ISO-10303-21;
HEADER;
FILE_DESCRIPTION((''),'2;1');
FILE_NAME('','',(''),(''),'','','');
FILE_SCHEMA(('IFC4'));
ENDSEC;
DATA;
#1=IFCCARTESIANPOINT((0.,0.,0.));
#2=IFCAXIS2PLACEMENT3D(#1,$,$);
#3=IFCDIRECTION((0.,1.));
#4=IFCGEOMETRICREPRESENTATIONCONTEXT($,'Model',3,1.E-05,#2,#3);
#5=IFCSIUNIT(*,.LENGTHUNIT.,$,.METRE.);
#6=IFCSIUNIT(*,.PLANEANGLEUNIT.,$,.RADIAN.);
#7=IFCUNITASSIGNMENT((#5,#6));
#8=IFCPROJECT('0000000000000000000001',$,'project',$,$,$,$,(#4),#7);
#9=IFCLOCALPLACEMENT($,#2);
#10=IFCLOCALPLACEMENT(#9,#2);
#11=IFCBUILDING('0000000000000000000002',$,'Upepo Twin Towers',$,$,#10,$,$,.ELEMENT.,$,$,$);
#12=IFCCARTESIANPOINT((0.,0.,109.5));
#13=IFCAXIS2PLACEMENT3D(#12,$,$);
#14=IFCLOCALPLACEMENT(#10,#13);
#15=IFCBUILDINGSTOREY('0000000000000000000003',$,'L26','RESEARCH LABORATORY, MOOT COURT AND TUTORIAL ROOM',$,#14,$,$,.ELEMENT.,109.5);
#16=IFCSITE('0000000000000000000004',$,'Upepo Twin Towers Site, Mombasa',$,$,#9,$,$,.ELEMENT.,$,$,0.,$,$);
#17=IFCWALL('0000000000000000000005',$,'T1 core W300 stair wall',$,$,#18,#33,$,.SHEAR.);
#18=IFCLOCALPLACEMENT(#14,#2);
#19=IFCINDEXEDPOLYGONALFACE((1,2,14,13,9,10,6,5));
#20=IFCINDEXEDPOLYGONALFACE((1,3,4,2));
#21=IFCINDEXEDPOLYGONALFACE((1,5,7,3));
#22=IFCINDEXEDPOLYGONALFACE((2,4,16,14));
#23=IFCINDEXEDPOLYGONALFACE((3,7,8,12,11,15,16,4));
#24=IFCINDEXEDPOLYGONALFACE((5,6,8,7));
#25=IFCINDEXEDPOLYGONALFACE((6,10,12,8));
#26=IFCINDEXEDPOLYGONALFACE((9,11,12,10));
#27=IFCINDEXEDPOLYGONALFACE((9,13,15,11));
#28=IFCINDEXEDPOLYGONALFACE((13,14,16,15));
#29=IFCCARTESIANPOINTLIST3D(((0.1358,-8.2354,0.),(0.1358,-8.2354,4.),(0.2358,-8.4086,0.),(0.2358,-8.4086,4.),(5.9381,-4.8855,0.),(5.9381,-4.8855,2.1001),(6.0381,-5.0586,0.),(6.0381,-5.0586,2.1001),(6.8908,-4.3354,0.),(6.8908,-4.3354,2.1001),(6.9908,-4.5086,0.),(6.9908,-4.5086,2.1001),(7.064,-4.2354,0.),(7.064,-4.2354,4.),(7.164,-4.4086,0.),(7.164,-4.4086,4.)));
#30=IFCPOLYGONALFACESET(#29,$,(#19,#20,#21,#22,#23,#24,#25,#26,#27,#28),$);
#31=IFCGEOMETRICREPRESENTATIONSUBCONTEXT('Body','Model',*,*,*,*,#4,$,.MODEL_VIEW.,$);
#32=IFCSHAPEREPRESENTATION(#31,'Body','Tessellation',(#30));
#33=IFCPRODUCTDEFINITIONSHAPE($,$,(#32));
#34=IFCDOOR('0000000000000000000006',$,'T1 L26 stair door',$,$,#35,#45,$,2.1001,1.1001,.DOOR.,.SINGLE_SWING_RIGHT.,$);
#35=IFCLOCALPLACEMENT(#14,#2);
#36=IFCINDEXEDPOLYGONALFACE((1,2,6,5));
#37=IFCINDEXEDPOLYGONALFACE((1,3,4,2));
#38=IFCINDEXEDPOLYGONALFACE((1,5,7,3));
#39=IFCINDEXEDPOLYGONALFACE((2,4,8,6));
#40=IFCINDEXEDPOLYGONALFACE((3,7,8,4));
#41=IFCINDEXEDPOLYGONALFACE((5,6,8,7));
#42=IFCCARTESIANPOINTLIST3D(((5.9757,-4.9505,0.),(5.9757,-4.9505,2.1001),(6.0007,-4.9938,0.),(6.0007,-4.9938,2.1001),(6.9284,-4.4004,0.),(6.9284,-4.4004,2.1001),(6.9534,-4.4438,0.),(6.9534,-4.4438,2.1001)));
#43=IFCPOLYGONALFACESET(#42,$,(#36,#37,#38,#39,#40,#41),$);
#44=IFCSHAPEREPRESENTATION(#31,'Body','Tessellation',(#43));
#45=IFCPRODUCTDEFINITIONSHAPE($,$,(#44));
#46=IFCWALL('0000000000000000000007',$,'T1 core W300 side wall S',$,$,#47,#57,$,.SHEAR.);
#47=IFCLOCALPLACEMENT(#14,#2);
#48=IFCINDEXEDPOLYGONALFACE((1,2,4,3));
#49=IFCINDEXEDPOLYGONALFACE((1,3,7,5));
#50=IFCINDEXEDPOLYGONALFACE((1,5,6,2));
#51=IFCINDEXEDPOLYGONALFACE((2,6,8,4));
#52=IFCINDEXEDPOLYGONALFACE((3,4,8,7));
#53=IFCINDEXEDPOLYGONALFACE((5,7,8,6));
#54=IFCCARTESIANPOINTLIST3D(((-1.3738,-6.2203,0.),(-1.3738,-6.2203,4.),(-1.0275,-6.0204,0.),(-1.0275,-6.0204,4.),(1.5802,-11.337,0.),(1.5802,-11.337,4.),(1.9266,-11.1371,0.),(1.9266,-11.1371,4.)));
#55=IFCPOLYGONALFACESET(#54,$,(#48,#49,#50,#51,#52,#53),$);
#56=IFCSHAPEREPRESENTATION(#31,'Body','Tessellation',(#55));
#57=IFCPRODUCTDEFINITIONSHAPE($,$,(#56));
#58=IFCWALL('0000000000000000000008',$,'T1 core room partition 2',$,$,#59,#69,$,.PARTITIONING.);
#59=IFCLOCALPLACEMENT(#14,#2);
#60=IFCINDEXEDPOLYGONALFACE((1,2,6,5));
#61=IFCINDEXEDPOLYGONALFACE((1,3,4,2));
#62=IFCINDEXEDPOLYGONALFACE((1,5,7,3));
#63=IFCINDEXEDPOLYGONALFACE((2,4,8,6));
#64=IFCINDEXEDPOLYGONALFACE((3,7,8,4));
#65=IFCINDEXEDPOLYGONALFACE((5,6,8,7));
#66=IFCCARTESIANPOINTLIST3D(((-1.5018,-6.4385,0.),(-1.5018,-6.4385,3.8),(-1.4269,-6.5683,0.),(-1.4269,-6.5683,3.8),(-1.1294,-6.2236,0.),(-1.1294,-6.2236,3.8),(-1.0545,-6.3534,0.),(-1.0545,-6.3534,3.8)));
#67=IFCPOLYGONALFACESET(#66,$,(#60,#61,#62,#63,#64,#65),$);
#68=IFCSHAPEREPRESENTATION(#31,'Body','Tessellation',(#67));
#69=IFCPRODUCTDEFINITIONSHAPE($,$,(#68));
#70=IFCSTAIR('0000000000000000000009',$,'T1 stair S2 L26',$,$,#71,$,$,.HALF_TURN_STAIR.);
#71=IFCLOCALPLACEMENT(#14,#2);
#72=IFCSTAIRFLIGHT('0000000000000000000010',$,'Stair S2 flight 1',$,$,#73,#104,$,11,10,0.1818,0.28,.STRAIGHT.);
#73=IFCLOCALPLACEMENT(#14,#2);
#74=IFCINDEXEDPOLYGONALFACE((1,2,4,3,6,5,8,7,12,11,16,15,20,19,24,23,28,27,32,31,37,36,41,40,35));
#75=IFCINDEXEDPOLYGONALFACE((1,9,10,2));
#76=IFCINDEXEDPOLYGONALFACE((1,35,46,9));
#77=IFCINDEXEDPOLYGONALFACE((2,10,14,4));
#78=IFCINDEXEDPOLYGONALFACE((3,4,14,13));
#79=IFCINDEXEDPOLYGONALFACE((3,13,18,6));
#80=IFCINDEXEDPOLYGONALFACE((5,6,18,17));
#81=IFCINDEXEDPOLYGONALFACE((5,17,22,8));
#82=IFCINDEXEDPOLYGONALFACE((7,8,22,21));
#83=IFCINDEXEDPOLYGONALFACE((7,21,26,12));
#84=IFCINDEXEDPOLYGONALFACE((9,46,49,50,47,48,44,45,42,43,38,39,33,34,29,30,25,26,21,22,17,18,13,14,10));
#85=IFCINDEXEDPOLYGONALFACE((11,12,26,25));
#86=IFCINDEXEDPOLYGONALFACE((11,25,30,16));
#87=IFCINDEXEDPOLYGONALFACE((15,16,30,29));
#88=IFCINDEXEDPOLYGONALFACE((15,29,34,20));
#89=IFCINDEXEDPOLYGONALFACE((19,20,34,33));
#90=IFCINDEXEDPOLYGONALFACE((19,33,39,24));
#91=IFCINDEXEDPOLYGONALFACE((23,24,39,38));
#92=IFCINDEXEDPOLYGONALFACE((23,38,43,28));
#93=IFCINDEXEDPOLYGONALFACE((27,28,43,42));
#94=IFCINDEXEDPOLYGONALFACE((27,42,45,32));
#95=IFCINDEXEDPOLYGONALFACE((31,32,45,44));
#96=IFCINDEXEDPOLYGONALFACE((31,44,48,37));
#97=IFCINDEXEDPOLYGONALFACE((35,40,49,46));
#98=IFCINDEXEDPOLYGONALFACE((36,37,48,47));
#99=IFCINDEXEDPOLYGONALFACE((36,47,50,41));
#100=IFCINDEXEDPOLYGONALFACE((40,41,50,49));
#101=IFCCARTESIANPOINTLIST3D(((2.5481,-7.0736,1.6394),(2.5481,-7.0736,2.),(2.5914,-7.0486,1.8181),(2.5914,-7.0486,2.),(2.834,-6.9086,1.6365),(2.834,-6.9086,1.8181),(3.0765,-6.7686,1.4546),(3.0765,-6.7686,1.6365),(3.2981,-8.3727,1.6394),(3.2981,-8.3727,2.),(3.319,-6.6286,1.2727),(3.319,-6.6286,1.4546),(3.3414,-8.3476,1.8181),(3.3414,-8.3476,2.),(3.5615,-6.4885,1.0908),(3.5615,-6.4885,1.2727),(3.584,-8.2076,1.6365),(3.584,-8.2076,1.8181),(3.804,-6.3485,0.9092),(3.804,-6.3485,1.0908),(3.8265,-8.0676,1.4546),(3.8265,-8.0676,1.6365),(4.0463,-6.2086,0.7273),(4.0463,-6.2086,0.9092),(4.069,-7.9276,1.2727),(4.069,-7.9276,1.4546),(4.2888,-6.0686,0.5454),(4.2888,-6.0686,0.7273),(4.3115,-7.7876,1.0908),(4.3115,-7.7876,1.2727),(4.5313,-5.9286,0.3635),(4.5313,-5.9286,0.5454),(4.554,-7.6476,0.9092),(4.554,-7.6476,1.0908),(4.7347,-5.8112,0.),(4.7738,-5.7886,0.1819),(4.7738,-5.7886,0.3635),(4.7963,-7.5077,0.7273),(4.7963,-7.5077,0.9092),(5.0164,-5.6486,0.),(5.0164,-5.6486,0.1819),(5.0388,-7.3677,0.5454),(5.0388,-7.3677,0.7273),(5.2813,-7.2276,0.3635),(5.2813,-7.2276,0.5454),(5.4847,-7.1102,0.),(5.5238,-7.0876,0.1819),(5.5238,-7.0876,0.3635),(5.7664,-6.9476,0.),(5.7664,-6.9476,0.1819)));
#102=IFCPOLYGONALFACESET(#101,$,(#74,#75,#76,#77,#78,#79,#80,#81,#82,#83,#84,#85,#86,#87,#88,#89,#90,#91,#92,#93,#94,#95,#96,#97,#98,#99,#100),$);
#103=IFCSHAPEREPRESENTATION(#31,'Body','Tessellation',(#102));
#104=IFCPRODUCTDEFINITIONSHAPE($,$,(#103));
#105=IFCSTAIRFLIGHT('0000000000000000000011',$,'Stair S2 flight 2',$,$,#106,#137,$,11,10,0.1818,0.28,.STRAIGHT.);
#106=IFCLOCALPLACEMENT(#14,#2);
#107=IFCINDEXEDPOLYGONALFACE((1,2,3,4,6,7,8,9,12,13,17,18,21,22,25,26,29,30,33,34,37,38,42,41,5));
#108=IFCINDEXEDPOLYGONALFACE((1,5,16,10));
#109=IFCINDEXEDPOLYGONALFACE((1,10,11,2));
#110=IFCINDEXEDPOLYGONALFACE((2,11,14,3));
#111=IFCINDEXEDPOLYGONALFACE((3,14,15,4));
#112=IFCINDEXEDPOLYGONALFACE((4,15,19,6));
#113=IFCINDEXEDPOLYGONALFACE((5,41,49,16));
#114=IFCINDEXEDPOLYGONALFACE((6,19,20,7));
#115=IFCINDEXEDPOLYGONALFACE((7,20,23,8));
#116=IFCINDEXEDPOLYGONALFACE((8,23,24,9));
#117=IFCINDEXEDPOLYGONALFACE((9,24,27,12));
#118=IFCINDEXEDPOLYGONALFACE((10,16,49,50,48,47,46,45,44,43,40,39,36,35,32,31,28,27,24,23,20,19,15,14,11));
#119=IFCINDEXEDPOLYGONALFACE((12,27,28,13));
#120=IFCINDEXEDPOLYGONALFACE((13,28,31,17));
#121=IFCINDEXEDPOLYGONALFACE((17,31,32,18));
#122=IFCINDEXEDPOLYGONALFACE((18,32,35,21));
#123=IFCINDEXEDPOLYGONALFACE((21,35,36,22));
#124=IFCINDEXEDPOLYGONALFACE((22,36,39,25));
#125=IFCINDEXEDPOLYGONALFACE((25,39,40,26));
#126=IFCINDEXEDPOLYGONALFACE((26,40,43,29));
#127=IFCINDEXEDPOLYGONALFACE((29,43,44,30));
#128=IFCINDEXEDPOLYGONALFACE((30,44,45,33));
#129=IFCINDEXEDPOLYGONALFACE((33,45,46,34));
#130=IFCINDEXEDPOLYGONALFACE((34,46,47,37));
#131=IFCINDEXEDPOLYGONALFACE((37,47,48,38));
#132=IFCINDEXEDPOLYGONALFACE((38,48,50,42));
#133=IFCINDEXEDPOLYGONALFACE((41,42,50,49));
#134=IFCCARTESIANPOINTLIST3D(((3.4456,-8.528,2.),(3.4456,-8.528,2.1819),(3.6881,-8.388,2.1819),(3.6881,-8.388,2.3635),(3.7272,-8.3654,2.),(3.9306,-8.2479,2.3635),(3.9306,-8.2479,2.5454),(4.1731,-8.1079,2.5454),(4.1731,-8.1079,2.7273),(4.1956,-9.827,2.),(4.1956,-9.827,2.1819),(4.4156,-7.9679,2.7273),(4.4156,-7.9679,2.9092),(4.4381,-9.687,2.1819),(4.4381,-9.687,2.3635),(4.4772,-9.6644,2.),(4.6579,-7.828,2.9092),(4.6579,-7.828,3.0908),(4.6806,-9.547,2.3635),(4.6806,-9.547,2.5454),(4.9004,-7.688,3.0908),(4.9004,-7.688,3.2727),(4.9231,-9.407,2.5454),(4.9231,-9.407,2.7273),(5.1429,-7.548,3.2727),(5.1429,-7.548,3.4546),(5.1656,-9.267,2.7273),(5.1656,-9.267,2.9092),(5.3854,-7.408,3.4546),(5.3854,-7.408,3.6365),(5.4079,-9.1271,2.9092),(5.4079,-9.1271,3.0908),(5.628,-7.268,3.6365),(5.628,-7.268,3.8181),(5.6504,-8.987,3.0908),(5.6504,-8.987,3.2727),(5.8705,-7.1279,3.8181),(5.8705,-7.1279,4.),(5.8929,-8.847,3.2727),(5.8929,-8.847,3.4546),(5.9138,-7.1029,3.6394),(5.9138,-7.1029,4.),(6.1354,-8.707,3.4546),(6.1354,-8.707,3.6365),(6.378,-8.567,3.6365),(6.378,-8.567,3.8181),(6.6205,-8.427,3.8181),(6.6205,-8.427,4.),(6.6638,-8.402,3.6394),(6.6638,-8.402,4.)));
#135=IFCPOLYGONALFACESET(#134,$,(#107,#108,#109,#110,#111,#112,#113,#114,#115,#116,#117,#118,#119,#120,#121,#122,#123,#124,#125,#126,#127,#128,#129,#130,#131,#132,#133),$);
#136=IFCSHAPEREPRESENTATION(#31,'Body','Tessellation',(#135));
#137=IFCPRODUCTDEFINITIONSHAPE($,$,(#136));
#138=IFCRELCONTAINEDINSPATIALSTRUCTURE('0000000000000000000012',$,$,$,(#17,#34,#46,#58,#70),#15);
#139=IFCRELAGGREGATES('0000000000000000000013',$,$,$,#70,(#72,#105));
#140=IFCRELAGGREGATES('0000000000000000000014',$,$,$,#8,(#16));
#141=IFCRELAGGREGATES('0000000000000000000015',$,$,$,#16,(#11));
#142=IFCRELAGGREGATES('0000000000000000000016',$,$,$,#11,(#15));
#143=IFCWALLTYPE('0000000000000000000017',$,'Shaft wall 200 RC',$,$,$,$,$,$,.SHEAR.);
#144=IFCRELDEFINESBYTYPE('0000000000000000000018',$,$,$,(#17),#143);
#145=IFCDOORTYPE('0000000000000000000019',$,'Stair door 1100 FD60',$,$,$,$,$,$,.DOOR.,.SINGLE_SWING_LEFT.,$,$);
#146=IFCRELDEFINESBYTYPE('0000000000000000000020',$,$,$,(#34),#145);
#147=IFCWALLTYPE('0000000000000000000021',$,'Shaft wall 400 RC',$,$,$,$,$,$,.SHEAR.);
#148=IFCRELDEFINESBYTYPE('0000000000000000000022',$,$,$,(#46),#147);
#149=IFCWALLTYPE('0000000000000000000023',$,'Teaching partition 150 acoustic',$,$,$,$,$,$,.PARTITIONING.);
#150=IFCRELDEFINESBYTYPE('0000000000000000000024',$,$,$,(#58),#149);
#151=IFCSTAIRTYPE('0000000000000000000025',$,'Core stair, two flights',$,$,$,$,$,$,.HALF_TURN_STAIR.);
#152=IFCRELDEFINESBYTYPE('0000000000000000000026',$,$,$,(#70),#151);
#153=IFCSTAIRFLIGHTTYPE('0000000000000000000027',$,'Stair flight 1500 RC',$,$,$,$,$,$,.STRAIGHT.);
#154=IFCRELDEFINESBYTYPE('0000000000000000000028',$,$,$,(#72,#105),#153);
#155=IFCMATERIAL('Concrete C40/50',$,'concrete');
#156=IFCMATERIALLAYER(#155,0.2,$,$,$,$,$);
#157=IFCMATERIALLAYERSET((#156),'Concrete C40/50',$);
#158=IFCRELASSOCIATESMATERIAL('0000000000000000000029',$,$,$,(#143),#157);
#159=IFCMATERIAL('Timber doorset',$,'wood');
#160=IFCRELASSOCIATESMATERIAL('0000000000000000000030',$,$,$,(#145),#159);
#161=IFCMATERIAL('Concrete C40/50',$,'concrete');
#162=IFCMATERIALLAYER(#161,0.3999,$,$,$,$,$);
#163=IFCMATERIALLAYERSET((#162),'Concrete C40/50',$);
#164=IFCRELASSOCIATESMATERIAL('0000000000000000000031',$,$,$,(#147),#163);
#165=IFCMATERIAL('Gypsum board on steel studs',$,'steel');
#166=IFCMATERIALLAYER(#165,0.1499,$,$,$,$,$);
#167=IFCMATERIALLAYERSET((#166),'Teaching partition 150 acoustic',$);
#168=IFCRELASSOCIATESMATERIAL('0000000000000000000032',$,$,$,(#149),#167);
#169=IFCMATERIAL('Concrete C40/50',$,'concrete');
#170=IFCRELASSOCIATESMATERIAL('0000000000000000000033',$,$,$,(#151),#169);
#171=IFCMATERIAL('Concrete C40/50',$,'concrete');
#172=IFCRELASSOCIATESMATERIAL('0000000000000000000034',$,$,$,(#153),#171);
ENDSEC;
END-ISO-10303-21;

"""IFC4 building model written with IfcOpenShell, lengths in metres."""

from ifc_helpers import new_model, si_unit, direction, frame, frame_2d, origin, place, context, subcontext, project, spatial, polyline, rectangle, outline, extrude, material, layer, layer_set, type_object, element, fill, aggregate, save


model = new_model("IFC4")

# Units and contexts
model_context = context("Model", 3, precision=1e-05, world=origin(), true_north=direction((0.0, 1.0)))
body_context = subcontext(model_context, "Body", "Model", "MODEL_VIEW")
ifc_project = project(units=[si_unit("LENGTHUNIT", "METRE"), si_unit("PLANEANGLEUNIT", "RADIAN")], contexts=[model_context])

# Site, building, storey
site_placement = place(None, origin())
site = spatial("IfcSite", under=ifc_project, at=site_placement, Name="Upepo Twin Towers Site, Mombasa", CompositionType="ELEMENT", RefElevation=0.0)
building_placement = place(site_placement, origin())
building = spatial("IfcBuilding", under=site, at=building_placement, Name="Upepo Twin Towers", CompositionType="ELEMENT")
storey_placement = place(building_placement, frame((0.0, 0.0, 109.5)))
storey = spatial("IfcBuildingStorey", under=building, at=storey_placement, Name="L26", Description="RESEARCH LABORATORY, MOOT COURT AND TUTORIAL ROOM", CompositionType="ELEMENT", Elevation=109.5)

# Shared definitions
ifc_material_1 = material(Name="Concrete C40/50", Category="concrete")
ifc_layer_1 = layer(ifc_material_1, 0.2)
ifc_layer_set_1 = layer_set([ifc_layer_1], Name="Concrete C40/50")
wall_type_1 = type_object("IfcWallType", Name="Shaft wall 200 RC", PredefinedType="SHEAR", material=ifc_layer_set_1)

# Wall, opening, door
wall_1_placement = place(storey_placement, frame((0.1858, -8.322, 0.0), z_axis=(0.0, 0.0, 1.0), x_axis=(0.866026, 0.499999, 0.0)))
wall_1 = element("IfcWall", 1, at=wall_1_placement, inside=storey, type_object=wall_type_1, Name="T1 core W300 stair wall", PredefinedType="SHEAR", context=body_context, shape_type="SweptSolid", body=[
    extrude(rectangle(XDim=8.0, YDim=0.2, at=frame_2d((4.0, 0.0))), origin(), (0.0, 0.0, 1.0), 4.0),
])
opening_1_placement = place(wall_1_placement, frame((6.7, 0.0, 0.0)))
opening_1 = element("IfcOpeningElement", 2, at=opening_1_placement, cuts=wall_1, PredefinedType="OPENING", context=body_context, shape_type="SweptSolid", body=[
    extrude(rectangle(XDim=1.1001, YDim=2.1001, at=frame_2d((0.55, 1.05))), frame((0.0, 0.1099, 0.0), z_axis=(0.0, -1.0, 0.0), x_axis=(1.0, 0.0, 0.0)), (0.0, 0.0, 1.0), 0.22),
])
ifc_material_2 = material(Name="Timber doorset", Category="wood")
door_type_1 = type_object("IfcDoorType", Name="Stair door 1100 FD60", OperationType="SINGLE_SWING_LEFT", PredefinedType="DOOR", material=ifc_material_2)
door_1_placement = place(opening_1_placement, origin())
door_1 = element("IfcDoor", 3, at=door_1_placement, inside=storey, type_object=door_type_1, Name="T1 L26 stair door", OperationType="SINGLE_SWING_RIGHT", OverallHeight=2.1001, OverallWidth=1.1001, PredefinedType="DOOR", context=body_context, shape_type="SweptSolid", body=[
    extrude(rectangle(XDim=1.1001, YDim=2.1001, at=frame_2d((0.55, 1.05))), frame((0.0, 0.0249, 0.0), z_axis=(0.0, -1.0, 0.0), x_axis=(1.0, 0.0, 0.0)), (0.0, 0.0, 1.0), 0.05),
])
fill(opening_1, door_1)

# Walls
ifc_material_3 = material(Name="Concrete C40/50", Category="concrete")
ifc_layer_2 = layer(ifc_material_3, 0.3999)
ifc_layer_set_2 = layer_set([ifc_layer_2], Name="Concrete C40/50")
wall_type_2 = type_object("IfcWallType", Name="Shaft wall 400 RC", PredefinedType="SHEAR", material=ifc_layer_set_2)
wall_2_placement = place(storey_placement, frame((-1.2007, -6.1204, 0.0), z_axis=(0.0, 0.0, 1.0), x_axis=(0.499997, -0.866027, 0.0)))
element("IfcWall", 4, at=wall_2_placement, inside=storey, type_object=wall_type_2, Name="T1 core W300 side wall S", PredefinedType="SHEAR", context=body_context, shape_type="SweptSolid", body=[
    extrude(rectangle(XDim=5.9082, YDim=0.3999, at=frame_2d((2.9541, 0.0))), origin(), (0.0, 0.0, 1.0), 4.0),
])
ifc_material_4 = material(Name="Gypsum board on steel studs", Category="steel")
ifc_layer_3 = layer(ifc_material_4, 0.1499)
ifc_layer_set_3 = layer_set([ifc_layer_3], Name="Teaching partition 150 acoustic")
wall_type_3 = type_object("IfcWallType", Name="Teaching partition 150 acoustic", PredefinedType="PARTITIONING", material=ifc_layer_set_3)
wall_3_placement = place(storey_placement, frame((-1.092, -6.2886, 0.0), z_axis=(0.0, 0.0, 1.0), x_axis=(-0.866138, -0.499804, 0.0)))
element("IfcWall", 5, at=wall_3_placement, inside=storey, type_object=wall_type_3, Name="T1 core room partition 2", PredefinedType="PARTITIONING", context=body_context, shape_type="SweptSolid", body=[
    extrude(rectangle(XDim=0.4299, YDim=0.1499, at=frame_2d((0.2148, 0.0))), origin(), (0.0, 0.0, 1.0), 3.8),
])

# Stair, stair flights
ifc_material_5 = material(Name="Concrete C40/50", Category="concrete")
stair_type = type_object("IfcStairType", Name="Core stair, two flights", PredefinedType="HALF_TURN_STAIR", material=ifc_material_5)
stair_placement = place(storey_placement, origin())
stair = element("IfcStair", 6, at=stair_placement, inside=storey, type_object=stair_type, Name="T1 stair S2 L26", PredefinedType="HALF_TURN_STAIR")
ifc_material_6 = material(Name="Concrete C40/50", Category="concrete")
stair_flight_type = type_object("IfcStairFlightType", Name="Stair flight 1500 RC", PredefinedType="STRAIGHT", material=ifc_material_6)
stair_flight_1_placement = place(storey_placement, frame((5.3914, -6.2981, 0.0), z_axis=(0.0, 0.0, 1.0), x_axis=(-0.866025, -0.5, 0.0)))
stair_flight_1 = element("IfcStairFlight", 7, at=stair_flight_1_placement, type_object=stair_flight_type, Name="Stair S2 flight 1", NumberOfRisers=11, NumberOfTreads=10, PredefinedType="STRAIGHT", RiserHeight=0.1818, TreadLength=0.28, context=body_context, shape_type="SweptSolid", body=[
    extrude(outline(polyline([(0.0, 0.0), (0.0, 0.1819), (0.28, 0.1819), (0.28, 0.3635), (0.5601, 0.3635), (0.5601, 0.5454), (0.8401, 0.5454), (0.8401, 0.7273), (1.1201, 0.7273), (1.1201, 0.9092), (1.3999, 0.9092), (1.3999, 1.0908), (1.6799, 1.0908), (1.6799, 1.2727), (1.96, 1.2727), (1.96, 1.4546), (2.24, 1.4546), (2.24, 1.6365), (2.52, 1.6365), (2.52, 1.8181), (2.8, 1.8181), (2.8, 2.0), (2.8501, 2.0), (2.8501, 1.6394), (0.3252, 0.0), (0.0, 0.0)])), frame((0.0, 0.75, 0.0), z_axis=(0.0, -1.0, 0.0), x_axis=(1.0, 0.0, 0.0)), (0.0, 0.0, 1.0), 1.5),
])
stair_flight_2_placement = place(storey_placement, frame((3.8206, -9.1775, 2.0), z_axis=(0.0, 0.0, 1.0), x_axis=(0.866025, 0.5, 0.0)))
stair_flight_2 = element("IfcStairFlight", 8, at=stair_flight_2_placement, type_object=stair_flight_type, Name="Stair S2 flight 2", NumberOfRisers=11, NumberOfTreads=10, PredefinedType="STRAIGHT", RiserHeight=0.1818, TreadLength=0.28, context=body_context, shape_type="SweptSolid", body=[
    extrude(outline(polyline([(0.0, 0.0), (0.0, 0.1819), (0.28, 0.1819), (0.28, 0.3635), (0.5601, 0.3635), (0.5601, 0.5454), (0.8401, 0.5454), (0.8401, 0.7273), (1.1201, 0.7273), (1.1201, 0.9092), (1.3999, 0.9092), (1.3999, 1.0908), (1.6799, 1.0908), (1.6799, 1.2727), (1.96, 1.2727), (1.96, 1.4546), (2.24, 1.4546), (2.24, 1.6365), (2.52, 1.6365), (2.52, 1.8181), (2.8, 1.8181), (2.8, 2.0), (2.8501, 2.0), (2.8501, 1.6394), (0.3252, 0.0), (0.0, 0.0)])), frame((0.0, 0.75, 0.0), z_axis=(0.0, -1.0, 0.0), x_axis=(1.0, 0.0, 0.0)), (0.0, 0.0, 1.0), 1.5),
])
aggregate(stair, [stair_flight_1, stair_flight_2])

save(model, "model.ifc")
